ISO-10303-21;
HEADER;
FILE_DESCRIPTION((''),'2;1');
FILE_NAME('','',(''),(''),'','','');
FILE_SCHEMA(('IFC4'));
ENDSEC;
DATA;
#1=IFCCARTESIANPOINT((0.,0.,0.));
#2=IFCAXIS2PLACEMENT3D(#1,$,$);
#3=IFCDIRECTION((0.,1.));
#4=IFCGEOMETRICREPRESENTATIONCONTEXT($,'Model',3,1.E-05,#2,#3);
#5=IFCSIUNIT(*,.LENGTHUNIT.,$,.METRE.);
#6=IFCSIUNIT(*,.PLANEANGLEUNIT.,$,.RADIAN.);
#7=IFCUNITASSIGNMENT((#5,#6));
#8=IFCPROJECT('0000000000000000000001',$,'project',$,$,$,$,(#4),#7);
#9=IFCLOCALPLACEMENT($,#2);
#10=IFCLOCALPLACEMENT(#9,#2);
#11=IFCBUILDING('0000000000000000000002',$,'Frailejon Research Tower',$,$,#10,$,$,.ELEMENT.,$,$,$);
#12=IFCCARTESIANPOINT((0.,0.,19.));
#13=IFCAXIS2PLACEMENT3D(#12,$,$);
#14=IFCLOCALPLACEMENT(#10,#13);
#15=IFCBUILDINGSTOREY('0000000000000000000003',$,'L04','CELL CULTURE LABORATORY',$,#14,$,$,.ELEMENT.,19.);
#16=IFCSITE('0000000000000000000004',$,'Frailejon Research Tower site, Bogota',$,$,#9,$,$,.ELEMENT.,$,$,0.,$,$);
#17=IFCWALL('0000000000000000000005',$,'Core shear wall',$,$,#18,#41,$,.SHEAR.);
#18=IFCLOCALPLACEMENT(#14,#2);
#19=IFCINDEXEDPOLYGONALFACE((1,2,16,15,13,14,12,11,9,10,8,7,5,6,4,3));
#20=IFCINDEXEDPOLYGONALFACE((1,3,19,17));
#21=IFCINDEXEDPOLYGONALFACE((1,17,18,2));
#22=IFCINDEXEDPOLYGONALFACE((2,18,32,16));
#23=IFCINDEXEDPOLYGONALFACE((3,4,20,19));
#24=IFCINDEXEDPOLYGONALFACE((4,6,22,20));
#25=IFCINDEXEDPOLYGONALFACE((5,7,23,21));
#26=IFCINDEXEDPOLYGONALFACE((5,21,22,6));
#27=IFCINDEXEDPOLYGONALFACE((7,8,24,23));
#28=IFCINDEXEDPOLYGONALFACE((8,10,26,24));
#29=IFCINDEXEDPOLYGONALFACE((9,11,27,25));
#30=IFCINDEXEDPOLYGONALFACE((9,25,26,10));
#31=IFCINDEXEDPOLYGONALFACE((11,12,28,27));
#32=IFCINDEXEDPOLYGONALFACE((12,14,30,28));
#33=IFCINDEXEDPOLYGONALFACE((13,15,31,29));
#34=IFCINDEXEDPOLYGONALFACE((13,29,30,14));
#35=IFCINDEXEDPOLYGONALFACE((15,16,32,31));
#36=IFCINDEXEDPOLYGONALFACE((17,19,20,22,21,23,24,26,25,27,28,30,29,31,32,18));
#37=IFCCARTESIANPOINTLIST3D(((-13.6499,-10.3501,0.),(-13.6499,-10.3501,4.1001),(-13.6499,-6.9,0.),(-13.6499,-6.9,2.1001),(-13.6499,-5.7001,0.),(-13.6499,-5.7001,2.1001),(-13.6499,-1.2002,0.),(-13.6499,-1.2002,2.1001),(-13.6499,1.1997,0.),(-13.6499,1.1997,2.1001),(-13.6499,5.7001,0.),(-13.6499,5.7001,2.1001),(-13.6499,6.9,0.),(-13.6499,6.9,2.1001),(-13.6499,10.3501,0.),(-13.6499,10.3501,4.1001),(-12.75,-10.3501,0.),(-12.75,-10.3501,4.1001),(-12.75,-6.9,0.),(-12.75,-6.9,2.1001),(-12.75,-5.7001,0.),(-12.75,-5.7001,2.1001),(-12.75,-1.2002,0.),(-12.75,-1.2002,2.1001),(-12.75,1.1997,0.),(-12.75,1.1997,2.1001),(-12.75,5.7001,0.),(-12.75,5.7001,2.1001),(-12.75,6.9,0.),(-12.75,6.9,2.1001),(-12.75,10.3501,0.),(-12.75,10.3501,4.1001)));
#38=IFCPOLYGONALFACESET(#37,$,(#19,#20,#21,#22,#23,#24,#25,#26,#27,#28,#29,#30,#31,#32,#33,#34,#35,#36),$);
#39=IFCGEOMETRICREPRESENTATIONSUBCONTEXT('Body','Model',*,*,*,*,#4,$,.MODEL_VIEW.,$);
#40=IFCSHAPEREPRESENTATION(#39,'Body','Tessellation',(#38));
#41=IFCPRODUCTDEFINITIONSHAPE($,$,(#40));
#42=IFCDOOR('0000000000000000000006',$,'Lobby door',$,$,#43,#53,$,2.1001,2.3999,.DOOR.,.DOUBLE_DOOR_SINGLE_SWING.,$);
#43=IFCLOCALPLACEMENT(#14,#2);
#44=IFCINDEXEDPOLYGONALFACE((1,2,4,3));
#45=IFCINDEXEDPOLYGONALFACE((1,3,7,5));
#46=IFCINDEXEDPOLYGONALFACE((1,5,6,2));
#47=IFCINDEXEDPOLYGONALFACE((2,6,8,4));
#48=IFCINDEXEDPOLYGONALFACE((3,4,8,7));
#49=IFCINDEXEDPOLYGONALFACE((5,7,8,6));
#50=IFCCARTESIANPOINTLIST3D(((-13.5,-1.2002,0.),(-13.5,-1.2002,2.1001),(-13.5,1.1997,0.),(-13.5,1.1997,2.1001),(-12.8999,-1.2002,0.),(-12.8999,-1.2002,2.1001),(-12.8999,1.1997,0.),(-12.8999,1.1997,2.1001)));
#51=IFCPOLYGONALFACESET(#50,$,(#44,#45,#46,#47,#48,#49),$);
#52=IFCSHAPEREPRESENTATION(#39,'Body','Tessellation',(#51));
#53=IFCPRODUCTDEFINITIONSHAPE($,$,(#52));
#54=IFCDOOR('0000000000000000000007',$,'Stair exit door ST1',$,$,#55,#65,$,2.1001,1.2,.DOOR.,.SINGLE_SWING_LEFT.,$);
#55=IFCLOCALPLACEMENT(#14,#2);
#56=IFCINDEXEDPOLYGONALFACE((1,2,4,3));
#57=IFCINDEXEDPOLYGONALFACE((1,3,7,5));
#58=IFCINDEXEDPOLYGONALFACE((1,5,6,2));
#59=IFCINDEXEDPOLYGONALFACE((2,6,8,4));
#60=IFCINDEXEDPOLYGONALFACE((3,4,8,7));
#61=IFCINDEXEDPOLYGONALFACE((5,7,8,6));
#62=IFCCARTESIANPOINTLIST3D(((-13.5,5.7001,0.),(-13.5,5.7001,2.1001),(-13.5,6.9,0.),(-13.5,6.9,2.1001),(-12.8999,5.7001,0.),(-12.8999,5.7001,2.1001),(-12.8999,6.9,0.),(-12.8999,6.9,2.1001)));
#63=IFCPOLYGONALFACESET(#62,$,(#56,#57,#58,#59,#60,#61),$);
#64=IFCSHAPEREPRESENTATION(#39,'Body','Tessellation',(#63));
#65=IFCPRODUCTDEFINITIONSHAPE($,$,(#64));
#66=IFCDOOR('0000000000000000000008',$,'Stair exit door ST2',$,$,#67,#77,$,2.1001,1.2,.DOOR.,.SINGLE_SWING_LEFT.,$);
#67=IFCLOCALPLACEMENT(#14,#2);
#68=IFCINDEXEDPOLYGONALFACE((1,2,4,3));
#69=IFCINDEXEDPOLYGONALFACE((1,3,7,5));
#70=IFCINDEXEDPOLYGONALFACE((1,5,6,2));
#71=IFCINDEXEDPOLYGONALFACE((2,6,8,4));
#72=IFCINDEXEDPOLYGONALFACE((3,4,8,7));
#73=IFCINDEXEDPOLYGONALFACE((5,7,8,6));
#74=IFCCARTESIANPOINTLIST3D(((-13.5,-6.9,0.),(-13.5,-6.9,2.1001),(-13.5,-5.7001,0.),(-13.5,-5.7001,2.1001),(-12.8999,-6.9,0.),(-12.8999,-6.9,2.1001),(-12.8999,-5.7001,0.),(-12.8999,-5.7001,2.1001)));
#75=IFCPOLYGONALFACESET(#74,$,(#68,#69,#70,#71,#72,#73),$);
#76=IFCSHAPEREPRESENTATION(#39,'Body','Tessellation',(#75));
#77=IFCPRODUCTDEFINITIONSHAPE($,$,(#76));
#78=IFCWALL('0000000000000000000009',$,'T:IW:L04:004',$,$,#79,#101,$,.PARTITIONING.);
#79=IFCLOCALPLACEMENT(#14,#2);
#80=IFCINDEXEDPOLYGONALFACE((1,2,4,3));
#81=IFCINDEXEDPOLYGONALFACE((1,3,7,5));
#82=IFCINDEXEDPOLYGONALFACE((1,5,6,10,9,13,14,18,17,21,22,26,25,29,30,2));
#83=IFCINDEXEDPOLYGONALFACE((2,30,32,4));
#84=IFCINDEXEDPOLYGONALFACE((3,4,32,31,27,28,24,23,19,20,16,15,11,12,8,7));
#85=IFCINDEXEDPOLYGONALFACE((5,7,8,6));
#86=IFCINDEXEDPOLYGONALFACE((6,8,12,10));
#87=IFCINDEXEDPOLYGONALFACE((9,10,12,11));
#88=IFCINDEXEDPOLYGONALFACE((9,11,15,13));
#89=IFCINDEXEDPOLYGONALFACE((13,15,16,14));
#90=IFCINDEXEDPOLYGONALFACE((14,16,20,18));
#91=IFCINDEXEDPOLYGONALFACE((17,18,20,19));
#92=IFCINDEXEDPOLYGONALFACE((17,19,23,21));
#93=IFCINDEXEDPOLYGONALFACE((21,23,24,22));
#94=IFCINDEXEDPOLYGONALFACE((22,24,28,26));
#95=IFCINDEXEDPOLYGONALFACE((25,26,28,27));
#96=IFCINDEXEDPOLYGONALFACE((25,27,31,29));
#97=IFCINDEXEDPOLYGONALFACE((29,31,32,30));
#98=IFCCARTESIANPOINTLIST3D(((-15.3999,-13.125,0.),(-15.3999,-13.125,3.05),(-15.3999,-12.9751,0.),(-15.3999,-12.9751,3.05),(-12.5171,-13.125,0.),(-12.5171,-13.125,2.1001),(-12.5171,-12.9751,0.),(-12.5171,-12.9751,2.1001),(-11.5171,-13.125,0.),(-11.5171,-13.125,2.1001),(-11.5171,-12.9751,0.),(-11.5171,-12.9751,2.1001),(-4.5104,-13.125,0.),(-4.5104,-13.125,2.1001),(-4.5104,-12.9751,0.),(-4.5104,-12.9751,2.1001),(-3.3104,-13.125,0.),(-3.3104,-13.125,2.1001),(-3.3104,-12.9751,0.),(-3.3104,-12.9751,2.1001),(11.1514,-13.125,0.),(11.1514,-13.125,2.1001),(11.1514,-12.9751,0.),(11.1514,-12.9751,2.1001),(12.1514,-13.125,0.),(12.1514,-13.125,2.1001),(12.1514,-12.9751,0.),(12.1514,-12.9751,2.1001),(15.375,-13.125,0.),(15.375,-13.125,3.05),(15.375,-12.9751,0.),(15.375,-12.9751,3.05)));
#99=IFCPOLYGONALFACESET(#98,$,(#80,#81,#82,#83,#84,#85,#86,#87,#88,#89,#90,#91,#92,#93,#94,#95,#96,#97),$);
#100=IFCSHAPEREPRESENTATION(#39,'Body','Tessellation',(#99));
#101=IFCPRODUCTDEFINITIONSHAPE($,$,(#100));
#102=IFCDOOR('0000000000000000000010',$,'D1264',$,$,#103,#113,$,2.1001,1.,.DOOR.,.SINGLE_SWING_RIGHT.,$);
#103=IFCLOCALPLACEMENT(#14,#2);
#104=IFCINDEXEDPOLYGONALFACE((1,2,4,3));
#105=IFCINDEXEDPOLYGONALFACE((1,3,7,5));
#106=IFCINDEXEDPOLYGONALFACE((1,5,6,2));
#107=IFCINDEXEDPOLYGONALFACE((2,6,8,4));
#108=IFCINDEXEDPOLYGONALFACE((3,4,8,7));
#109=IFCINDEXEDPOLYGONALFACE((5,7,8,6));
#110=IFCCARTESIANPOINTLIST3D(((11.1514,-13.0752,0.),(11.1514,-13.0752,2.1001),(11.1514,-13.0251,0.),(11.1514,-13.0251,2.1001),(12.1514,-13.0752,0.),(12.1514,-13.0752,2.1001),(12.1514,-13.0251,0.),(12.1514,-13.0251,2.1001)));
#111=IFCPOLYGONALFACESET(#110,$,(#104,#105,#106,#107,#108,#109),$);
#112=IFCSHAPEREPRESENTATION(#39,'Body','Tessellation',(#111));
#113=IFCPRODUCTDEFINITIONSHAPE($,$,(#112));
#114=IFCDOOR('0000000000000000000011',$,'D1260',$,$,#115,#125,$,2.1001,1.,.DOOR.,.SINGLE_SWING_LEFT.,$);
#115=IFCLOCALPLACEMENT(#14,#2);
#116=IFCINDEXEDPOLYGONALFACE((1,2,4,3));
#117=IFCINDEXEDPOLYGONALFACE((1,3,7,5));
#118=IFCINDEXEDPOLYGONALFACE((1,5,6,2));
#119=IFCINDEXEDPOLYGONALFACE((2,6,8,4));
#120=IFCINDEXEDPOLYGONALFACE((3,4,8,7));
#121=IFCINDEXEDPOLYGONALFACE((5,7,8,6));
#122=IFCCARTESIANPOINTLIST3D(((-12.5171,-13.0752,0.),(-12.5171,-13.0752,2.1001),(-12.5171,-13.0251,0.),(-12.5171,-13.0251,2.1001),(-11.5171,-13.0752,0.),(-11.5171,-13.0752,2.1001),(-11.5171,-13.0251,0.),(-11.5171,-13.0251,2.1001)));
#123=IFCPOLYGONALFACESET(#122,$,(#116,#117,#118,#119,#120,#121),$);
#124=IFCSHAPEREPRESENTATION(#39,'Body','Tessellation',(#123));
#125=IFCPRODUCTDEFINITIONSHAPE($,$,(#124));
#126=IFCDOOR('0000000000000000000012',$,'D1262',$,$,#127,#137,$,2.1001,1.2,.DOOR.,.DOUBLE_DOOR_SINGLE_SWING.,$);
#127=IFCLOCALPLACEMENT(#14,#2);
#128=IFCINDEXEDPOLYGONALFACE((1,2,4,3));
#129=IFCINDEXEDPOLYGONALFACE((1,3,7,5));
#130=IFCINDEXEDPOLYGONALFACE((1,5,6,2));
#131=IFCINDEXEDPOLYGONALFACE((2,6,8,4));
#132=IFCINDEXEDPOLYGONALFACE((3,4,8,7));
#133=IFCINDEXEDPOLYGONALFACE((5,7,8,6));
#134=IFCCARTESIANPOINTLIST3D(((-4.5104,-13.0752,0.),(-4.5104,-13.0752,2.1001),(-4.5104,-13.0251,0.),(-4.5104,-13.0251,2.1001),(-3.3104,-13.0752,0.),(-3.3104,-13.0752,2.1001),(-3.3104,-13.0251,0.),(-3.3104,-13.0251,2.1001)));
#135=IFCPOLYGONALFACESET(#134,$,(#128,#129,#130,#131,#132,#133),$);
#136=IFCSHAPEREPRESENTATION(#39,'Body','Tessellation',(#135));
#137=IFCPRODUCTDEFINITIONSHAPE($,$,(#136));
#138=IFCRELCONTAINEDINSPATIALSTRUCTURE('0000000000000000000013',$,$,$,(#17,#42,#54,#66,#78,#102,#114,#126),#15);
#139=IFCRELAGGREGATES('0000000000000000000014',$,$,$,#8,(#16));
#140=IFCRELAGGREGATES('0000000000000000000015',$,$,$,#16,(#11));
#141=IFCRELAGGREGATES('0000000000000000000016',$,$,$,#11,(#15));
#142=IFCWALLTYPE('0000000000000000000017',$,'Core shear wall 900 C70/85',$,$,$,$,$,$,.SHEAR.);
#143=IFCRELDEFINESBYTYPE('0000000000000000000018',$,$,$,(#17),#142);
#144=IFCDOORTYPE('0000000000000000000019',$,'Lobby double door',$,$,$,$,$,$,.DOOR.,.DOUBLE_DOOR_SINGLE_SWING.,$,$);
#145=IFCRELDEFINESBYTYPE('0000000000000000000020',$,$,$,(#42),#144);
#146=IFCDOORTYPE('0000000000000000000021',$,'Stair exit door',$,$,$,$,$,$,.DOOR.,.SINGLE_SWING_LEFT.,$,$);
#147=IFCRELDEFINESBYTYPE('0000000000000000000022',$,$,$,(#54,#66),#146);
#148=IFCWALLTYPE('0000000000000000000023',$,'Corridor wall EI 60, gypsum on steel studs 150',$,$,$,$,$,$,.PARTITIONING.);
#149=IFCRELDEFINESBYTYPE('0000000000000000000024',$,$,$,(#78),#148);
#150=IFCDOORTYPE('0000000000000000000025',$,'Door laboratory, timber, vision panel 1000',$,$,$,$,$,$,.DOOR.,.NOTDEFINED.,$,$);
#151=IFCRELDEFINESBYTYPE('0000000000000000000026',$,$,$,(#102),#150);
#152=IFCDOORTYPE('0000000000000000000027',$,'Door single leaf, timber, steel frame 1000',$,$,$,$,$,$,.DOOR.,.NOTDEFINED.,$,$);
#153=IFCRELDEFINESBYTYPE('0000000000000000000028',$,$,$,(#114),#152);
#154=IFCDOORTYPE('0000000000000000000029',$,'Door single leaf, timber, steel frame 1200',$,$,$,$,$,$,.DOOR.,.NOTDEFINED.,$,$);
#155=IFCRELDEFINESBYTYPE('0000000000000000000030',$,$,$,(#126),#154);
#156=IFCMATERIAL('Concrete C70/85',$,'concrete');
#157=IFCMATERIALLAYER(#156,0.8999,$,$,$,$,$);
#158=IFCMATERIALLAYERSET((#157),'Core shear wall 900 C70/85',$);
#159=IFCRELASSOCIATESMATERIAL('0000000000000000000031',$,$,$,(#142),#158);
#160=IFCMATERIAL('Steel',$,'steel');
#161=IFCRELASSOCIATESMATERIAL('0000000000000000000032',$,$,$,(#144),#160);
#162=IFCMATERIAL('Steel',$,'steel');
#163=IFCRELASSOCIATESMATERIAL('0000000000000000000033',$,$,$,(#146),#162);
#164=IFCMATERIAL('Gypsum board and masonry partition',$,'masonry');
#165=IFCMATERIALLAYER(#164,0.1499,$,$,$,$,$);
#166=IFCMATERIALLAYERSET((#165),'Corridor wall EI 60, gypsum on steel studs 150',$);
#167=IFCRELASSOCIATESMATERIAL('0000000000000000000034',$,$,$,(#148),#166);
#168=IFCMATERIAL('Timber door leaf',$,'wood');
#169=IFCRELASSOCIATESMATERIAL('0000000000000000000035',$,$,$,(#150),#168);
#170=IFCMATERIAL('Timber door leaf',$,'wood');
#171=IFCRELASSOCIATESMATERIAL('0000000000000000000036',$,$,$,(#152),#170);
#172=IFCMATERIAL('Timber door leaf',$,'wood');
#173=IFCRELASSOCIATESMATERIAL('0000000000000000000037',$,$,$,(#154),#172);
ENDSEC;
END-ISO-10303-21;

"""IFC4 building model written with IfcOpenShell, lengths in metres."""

from ifc_helpers import new_model, si_unit, direction, frame, frame_2d, origin, place, context, subcontext, project, spatial, rectangle, extrude, material, layer, layer_set, type_object, element, fill, save


model = new_model("IFC4")

# Units and contexts
model_context = context("Model", 3, precision=1e-05, world=origin(), true_north=direction((0.0, 1.0)))
body_context = subcontext(model_context, "Body", "Model", "MODEL_VIEW")
ifc_project = project(units=[si_unit("LENGTHUNIT", "METRE"), si_unit("PLANEANGLEUNIT", "RADIAN")], contexts=[model_context])

# Site, building, storey
site_placement = place(None, origin())
site = spatial("IfcSite", under=ifc_project, at=site_placement, Name="Frailejon Research Tower site, Bogota", CompositionType="ELEMENT", RefElevation=0.0)
building_placement = place(site_placement, origin())
building = spatial("IfcBuilding", under=site, at=building_placement, Name="Frailejon Research Tower", CompositionType="ELEMENT")
storey_placement = place(building_placement, frame((0.0, 0.0, 19.0)))
storey = spatial("IfcBuildingStorey", under=building, at=storey_placement, Name="L04", Description="CELL CULTURE LABORATORY", CompositionType="ELEMENT", Elevation=19.0)

# Walls, openings, doors
ifc_material_1 = material(Name="Concrete C70/85", Category="concrete")
ifc_layer_1 = layer(ifc_material_1, 0.8999)
ifc_layer_set_1 = layer_set([ifc_layer_1], Name="Core shear wall 900 C70/85")
wall_type_1 = type_object("IfcWallType", Name="Core shear wall 900 C70/85", PredefinedType="SHEAR", material=ifc_layer_set_1)
wall_1_placement = place(storey_placement, frame((-13.2, -10.3501, 0.0), z_axis=(0.0, 0.0, 1.0), x_axis=(0.0, 1.0, 0.0)))
wall_1 = element("IfcWall", 1, at=wall_1_placement, inside=storey, type_object=wall_type_1, Name="Core shear wall", PredefinedType="SHEAR", context=body_context, shape_type="SweptSolid", body=[
    extrude(rectangle(XDim=20.7002, YDim=0.8999, at=frame_2d((10.3501, 0.0))), origin(), (0.0, 0.0, 1.0), 4.1001),
])
opening_1_placement = place(wall_1_placement, frame((9.1499, 0.0, 0.0)))
opening_1 = element("IfcOpeningElement", 2, at=opening_1_placement, cuts=wall_1, PredefinedType="OPENING", context=body_context, shape_type="SweptSolid", body=[
    extrude(rectangle(XDim=2.3999, YDim=2.1001, at=frame_2d((1.2, 1.05))), frame((0.0, 0.46, 0.0), z_axis=(0.0, -1.0, 0.0), x_axis=(1.0, 0.0, 0.0)), (0.0, 0.0, 1.0), 0.9199),
])
opening_2_placement = place(wall_1_placement, frame((16.05, 0.0, 0.0)))
opening_2 = element("IfcOpeningElement", 3, at=opening_2_placement, cuts=wall_1, PredefinedType="OPENING", context=body_context, shape_type="SweptSolid", body=[
    extrude(rectangle(XDim=1.2, YDim=2.1001, at=frame_2d((0.6001, 1.05))), frame((0.0, 0.46, 0.0), z_axis=(0.0, -1.0, 0.0), x_axis=(1.0, 0.0, 0.0)), (0.0, 0.0, 1.0), 0.9199),
])
opening_3_placement = place(wall_1_placement, frame((3.45, 0.0, 0.0)))
opening_3 = element("IfcOpeningElement", 4, at=opening_3_placement, cuts=wall_1, PredefinedType="OPENING", context=body_context, shape_type="SweptSolid", body=[
    extrude(rectangle(XDim=1.2, YDim=2.1001, at=frame_2d((0.6001, 1.05))), frame((0.0, 0.46, 0.0), z_axis=(0.0, -1.0, 0.0), x_axis=(1.0, 0.0, 0.0)), (0.0, 0.0, 1.0), 0.9199),
])
ifc_material_2 = material(Name="Steel", Category="steel")
door_type_1 = type_object("IfcDoorType", Name="Lobby double door", OperationType="DOUBLE_DOOR_SINGLE_SWING", PredefinedType="DOOR", material=ifc_material_2)
door_1_placement = place(opening_1_placement, origin())
door_1 = element("IfcDoor", 5, at=door_1_placement, inside=storey, type_object=door_type_1, Name="Lobby door", OperationType="DOUBLE_DOOR_SINGLE_SWING", OverallHeight=2.1001, OverallWidth=2.3999, PredefinedType="DOOR", context=body_context, shape_type="SweptSolid", body=[
    extrude(rectangle(XDim=2.3999, YDim=2.1001, at=frame_2d((1.2, 1.05))), frame((0.0, 0.3, 0.0), z_axis=(0.0, -1.0, 0.0), x_axis=(1.0, 0.0, 0.0)), (0.0, 0.0, 1.0), 0.6001),
])
fill(opening_1, door_1)
ifc_material_3 = material(Name="Steel", Category="steel")
door_type_2 = type_object("IfcDoorType", Name="Stair exit door", OperationType="SINGLE_SWING_LEFT", PredefinedType="DOOR", material=ifc_material_3)
door_2_placement = place(opening_2_placement, origin())
door_2 = element("IfcDoor", 6, at=door_2_placement, inside=storey, type_object=door_type_2, Name="Stair exit door ST1", OperationType="SINGLE_SWING_LEFT", OverallHeight=2.1001, OverallWidth=1.2, PredefinedType="DOOR", context=body_context, shape_type="SweptSolid", body=[
    extrude(rectangle(XDim=1.2, YDim=2.1001, at=frame_2d((0.6001, 1.05))), frame((0.0, 0.3, 0.0), z_axis=(0.0, -1.0, 0.0), x_axis=(1.0, 0.0, 0.0)), (0.0, 0.0, 1.0), 0.6001),
])
fill(opening_2, door_2)
door_3_placement = place(opening_3_placement, origin())
door_3 = element("IfcDoor", 7, at=door_3_placement, inside=storey, type_object=door_type_2, Name="Stair exit door ST2", OperationType="SINGLE_SWING_LEFT", OverallHeight=2.1001, OverallWidth=1.2, PredefinedType="DOOR", context=body_context, shape_type="SweptSolid", body=[
    extrude(rectangle(XDim=1.2, YDim=2.1001, at=frame_2d((0.6001, 1.05))), frame((0.0, 0.3, 0.0), z_axis=(0.0, -1.0, 0.0), x_axis=(1.0, 0.0, 0.0)), (0.0, 0.0, 1.0), 0.6001),
])
fill(opening_3, door_3)
ifc_material_4 = material(Name="Gypsum board and masonry partition", Category="masonry")
ifc_layer_2 = layer(ifc_material_4, 0.1499)
ifc_layer_set_2 = layer_set([ifc_layer_2], Name="Corridor wall EI 60, gypsum on steel studs 150")
wall_type_2 = type_object("IfcWallType", Name="Corridor wall EI 60, gypsum on steel studs 150", PredefinedType="PARTITIONING", material=ifc_layer_set_2)
wall_2_placement = place(storey_placement, frame((-15.3999, -13.05, 0.0), z_axis=(0.0, 0.0, 1.0), x_axis=(1.0, 0.0, 0.0)))
wall_2 = element("IfcWall", 8, at=wall_2_placement, inside=storey, type_object=wall_type_2, Name="T:IW:L04:004", PredefinedType="PARTITIONING", context=body_context, shape_type="SweptSolid", body=[
    extrude(rectangle(XDim=30.7749, YDim=0.1499, at=frame_2d((15.3875, 0.0))), origin(), (0.0, 0.0, 1.0), 3.05),
])
opening_4_placement = place(wall_2_placement, frame((2.8828, 0.0, 0.0)))
opening_4 = element("IfcOpeningElement", 9, at=opening_4_placement, cuts=wall_2, PredefinedType="OPENING", context=body_context, shape_type="SweptSolid", body=[
    extrude(rectangle(XDim=1.0, YDim=2.1001, at=frame_2d((0.5, 1.05))), frame((0.0, 0.085, 0.0), z_axis=(0.0, -1.0, 0.0), x_axis=(1.0, 0.0, 0.0)), (0.0, 0.0, 1.0), 0.1699),
])
opening_5_placement = place(wall_2_placement, frame((10.8894, 0.0, 0.0)))
opening_5 = element("IfcOpeningElement", 10, at=opening_5_placement, cuts=wall_2, PredefinedType="OPENING", context=body_context, shape_type="SweptSolid", body=[
    extrude(rectangle(XDim=1.2, YDim=2.1001, at=frame_2d((0.6001, 1.05))), frame((0.0, 0.085, 0.0), z_axis=(0.0, -1.0, 0.0), x_axis=(1.0, 0.0, 0.0)), (0.0, 0.0, 1.0), 0.1699),
])
opening_6_placement = place(wall_2_placement, frame((26.5513, 0.0, 0.0)))
opening_6 = element("IfcOpeningElement", 11, at=opening_6_placement, cuts=wall_2, PredefinedType="OPENING", context=body_context, shape_type="SweptSolid", body=[
    extrude(rectangle(XDim=1.0, YDim=2.1001, at=frame_2d((0.5, 1.05))), frame((0.0, 0.085, 0.0), z_axis=(0.0, -1.0, 0.0), x_axis=(1.0, 0.0, 0.0)), (0.0, 0.0, 1.0), 0.1699),
])
ifc_material_5 = material(Name="Timber door leaf", Category="wood")
door_type_3 = type_object("IfcDoorType", Name="Door laboratory, timber, vision panel 1000", OperationType="NOTDEFINED", PredefinedType="DOOR", material=ifc_material_5)
door_4_placement = place(opening_6_placement, origin())
door_4 = element("IfcDoor", 12, at=door_4_placement, inside=storey, type_object=door_type_3, Name="D1264", OperationType="SINGLE_SWING_RIGHT", OverallHeight=2.1001, OverallWidth=1.0, PredefinedType="DOOR", context=body_context, shape_type="SweptSolid", body=[
    extrude(rectangle(XDim=1.0, YDim=2.1001, at=frame_2d((0.5, 1.05))), frame((0.0, 0.0249, 0.0), z_axis=(0.0, -1.0, 0.0), x_axis=(1.0, 0.0, 0.0)), (0.0, 0.0, 1.0), 0.05),
])
fill(opening_6, door_4)
ifc_material_6 = material(Name="Timber door leaf", Category="wood")
door_type_4 = type_object("IfcDoorType", Name="Door single leaf, timber, steel frame 1000", OperationType="NOTDEFINED", PredefinedType="DOOR", material=ifc_material_6)
door_5_placement = place(opening_4_placement, origin())
door_5 = element("IfcDoor", 13, at=door_5_placement, inside=storey, type_object=door_type_4, Name="D1260", OperationType="SINGLE_SWING_LEFT", OverallHeight=2.1001, OverallWidth=1.0, PredefinedType="DOOR", context=body_context, shape_type="SweptSolid", body=[
    extrude(rectangle(XDim=1.0, YDim=2.1001, at=frame_2d((0.5, 1.05))), frame((0.0, 0.0249, 0.0), z_axis=(0.0, -1.0, 0.0), x_axis=(1.0, 0.0, 0.0)), (0.0, 0.0, 1.0), 0.05),
])
fill(opening_4, door_5)
ifc_material_7 = material(Name="Timber door leaf", Category="wood")
door_type_5 = type_object("IfcDoorType", Name="Door single leaf, timber, steel frame 1200", OperationType="NOTDEFINED", PredefinedType="DOOR", material=ifc_material_7)
door_6_placement = place(opening_5_placement, origin())
door_6 = element("IfcDoor", 14, at=door_6_placement, inside=storey, type_object=door_type_5, Name="D1262", OperationType="DOUBLE_DOOR_SINGLE_SWING", OverallHeight=2.1001, OverallWidth=1.2, PredefinedType="DOOR", context=body_context, shape_type="SweptSolid", body=[
    extrude(rectangle(XDim=1.2, YDim=2.1001, at=frame_2d((0.6001, 1.05))), frame((0.0, 0.0249, 0.0), z_axis=(0.0, -1.0, 0.0), x_axis=(1.0, 0.0, 0.0)), (0.0, 0.0, 1.0), 0.05),
])
fill(opening_5, door_6)

save(model, "model.ifc")
